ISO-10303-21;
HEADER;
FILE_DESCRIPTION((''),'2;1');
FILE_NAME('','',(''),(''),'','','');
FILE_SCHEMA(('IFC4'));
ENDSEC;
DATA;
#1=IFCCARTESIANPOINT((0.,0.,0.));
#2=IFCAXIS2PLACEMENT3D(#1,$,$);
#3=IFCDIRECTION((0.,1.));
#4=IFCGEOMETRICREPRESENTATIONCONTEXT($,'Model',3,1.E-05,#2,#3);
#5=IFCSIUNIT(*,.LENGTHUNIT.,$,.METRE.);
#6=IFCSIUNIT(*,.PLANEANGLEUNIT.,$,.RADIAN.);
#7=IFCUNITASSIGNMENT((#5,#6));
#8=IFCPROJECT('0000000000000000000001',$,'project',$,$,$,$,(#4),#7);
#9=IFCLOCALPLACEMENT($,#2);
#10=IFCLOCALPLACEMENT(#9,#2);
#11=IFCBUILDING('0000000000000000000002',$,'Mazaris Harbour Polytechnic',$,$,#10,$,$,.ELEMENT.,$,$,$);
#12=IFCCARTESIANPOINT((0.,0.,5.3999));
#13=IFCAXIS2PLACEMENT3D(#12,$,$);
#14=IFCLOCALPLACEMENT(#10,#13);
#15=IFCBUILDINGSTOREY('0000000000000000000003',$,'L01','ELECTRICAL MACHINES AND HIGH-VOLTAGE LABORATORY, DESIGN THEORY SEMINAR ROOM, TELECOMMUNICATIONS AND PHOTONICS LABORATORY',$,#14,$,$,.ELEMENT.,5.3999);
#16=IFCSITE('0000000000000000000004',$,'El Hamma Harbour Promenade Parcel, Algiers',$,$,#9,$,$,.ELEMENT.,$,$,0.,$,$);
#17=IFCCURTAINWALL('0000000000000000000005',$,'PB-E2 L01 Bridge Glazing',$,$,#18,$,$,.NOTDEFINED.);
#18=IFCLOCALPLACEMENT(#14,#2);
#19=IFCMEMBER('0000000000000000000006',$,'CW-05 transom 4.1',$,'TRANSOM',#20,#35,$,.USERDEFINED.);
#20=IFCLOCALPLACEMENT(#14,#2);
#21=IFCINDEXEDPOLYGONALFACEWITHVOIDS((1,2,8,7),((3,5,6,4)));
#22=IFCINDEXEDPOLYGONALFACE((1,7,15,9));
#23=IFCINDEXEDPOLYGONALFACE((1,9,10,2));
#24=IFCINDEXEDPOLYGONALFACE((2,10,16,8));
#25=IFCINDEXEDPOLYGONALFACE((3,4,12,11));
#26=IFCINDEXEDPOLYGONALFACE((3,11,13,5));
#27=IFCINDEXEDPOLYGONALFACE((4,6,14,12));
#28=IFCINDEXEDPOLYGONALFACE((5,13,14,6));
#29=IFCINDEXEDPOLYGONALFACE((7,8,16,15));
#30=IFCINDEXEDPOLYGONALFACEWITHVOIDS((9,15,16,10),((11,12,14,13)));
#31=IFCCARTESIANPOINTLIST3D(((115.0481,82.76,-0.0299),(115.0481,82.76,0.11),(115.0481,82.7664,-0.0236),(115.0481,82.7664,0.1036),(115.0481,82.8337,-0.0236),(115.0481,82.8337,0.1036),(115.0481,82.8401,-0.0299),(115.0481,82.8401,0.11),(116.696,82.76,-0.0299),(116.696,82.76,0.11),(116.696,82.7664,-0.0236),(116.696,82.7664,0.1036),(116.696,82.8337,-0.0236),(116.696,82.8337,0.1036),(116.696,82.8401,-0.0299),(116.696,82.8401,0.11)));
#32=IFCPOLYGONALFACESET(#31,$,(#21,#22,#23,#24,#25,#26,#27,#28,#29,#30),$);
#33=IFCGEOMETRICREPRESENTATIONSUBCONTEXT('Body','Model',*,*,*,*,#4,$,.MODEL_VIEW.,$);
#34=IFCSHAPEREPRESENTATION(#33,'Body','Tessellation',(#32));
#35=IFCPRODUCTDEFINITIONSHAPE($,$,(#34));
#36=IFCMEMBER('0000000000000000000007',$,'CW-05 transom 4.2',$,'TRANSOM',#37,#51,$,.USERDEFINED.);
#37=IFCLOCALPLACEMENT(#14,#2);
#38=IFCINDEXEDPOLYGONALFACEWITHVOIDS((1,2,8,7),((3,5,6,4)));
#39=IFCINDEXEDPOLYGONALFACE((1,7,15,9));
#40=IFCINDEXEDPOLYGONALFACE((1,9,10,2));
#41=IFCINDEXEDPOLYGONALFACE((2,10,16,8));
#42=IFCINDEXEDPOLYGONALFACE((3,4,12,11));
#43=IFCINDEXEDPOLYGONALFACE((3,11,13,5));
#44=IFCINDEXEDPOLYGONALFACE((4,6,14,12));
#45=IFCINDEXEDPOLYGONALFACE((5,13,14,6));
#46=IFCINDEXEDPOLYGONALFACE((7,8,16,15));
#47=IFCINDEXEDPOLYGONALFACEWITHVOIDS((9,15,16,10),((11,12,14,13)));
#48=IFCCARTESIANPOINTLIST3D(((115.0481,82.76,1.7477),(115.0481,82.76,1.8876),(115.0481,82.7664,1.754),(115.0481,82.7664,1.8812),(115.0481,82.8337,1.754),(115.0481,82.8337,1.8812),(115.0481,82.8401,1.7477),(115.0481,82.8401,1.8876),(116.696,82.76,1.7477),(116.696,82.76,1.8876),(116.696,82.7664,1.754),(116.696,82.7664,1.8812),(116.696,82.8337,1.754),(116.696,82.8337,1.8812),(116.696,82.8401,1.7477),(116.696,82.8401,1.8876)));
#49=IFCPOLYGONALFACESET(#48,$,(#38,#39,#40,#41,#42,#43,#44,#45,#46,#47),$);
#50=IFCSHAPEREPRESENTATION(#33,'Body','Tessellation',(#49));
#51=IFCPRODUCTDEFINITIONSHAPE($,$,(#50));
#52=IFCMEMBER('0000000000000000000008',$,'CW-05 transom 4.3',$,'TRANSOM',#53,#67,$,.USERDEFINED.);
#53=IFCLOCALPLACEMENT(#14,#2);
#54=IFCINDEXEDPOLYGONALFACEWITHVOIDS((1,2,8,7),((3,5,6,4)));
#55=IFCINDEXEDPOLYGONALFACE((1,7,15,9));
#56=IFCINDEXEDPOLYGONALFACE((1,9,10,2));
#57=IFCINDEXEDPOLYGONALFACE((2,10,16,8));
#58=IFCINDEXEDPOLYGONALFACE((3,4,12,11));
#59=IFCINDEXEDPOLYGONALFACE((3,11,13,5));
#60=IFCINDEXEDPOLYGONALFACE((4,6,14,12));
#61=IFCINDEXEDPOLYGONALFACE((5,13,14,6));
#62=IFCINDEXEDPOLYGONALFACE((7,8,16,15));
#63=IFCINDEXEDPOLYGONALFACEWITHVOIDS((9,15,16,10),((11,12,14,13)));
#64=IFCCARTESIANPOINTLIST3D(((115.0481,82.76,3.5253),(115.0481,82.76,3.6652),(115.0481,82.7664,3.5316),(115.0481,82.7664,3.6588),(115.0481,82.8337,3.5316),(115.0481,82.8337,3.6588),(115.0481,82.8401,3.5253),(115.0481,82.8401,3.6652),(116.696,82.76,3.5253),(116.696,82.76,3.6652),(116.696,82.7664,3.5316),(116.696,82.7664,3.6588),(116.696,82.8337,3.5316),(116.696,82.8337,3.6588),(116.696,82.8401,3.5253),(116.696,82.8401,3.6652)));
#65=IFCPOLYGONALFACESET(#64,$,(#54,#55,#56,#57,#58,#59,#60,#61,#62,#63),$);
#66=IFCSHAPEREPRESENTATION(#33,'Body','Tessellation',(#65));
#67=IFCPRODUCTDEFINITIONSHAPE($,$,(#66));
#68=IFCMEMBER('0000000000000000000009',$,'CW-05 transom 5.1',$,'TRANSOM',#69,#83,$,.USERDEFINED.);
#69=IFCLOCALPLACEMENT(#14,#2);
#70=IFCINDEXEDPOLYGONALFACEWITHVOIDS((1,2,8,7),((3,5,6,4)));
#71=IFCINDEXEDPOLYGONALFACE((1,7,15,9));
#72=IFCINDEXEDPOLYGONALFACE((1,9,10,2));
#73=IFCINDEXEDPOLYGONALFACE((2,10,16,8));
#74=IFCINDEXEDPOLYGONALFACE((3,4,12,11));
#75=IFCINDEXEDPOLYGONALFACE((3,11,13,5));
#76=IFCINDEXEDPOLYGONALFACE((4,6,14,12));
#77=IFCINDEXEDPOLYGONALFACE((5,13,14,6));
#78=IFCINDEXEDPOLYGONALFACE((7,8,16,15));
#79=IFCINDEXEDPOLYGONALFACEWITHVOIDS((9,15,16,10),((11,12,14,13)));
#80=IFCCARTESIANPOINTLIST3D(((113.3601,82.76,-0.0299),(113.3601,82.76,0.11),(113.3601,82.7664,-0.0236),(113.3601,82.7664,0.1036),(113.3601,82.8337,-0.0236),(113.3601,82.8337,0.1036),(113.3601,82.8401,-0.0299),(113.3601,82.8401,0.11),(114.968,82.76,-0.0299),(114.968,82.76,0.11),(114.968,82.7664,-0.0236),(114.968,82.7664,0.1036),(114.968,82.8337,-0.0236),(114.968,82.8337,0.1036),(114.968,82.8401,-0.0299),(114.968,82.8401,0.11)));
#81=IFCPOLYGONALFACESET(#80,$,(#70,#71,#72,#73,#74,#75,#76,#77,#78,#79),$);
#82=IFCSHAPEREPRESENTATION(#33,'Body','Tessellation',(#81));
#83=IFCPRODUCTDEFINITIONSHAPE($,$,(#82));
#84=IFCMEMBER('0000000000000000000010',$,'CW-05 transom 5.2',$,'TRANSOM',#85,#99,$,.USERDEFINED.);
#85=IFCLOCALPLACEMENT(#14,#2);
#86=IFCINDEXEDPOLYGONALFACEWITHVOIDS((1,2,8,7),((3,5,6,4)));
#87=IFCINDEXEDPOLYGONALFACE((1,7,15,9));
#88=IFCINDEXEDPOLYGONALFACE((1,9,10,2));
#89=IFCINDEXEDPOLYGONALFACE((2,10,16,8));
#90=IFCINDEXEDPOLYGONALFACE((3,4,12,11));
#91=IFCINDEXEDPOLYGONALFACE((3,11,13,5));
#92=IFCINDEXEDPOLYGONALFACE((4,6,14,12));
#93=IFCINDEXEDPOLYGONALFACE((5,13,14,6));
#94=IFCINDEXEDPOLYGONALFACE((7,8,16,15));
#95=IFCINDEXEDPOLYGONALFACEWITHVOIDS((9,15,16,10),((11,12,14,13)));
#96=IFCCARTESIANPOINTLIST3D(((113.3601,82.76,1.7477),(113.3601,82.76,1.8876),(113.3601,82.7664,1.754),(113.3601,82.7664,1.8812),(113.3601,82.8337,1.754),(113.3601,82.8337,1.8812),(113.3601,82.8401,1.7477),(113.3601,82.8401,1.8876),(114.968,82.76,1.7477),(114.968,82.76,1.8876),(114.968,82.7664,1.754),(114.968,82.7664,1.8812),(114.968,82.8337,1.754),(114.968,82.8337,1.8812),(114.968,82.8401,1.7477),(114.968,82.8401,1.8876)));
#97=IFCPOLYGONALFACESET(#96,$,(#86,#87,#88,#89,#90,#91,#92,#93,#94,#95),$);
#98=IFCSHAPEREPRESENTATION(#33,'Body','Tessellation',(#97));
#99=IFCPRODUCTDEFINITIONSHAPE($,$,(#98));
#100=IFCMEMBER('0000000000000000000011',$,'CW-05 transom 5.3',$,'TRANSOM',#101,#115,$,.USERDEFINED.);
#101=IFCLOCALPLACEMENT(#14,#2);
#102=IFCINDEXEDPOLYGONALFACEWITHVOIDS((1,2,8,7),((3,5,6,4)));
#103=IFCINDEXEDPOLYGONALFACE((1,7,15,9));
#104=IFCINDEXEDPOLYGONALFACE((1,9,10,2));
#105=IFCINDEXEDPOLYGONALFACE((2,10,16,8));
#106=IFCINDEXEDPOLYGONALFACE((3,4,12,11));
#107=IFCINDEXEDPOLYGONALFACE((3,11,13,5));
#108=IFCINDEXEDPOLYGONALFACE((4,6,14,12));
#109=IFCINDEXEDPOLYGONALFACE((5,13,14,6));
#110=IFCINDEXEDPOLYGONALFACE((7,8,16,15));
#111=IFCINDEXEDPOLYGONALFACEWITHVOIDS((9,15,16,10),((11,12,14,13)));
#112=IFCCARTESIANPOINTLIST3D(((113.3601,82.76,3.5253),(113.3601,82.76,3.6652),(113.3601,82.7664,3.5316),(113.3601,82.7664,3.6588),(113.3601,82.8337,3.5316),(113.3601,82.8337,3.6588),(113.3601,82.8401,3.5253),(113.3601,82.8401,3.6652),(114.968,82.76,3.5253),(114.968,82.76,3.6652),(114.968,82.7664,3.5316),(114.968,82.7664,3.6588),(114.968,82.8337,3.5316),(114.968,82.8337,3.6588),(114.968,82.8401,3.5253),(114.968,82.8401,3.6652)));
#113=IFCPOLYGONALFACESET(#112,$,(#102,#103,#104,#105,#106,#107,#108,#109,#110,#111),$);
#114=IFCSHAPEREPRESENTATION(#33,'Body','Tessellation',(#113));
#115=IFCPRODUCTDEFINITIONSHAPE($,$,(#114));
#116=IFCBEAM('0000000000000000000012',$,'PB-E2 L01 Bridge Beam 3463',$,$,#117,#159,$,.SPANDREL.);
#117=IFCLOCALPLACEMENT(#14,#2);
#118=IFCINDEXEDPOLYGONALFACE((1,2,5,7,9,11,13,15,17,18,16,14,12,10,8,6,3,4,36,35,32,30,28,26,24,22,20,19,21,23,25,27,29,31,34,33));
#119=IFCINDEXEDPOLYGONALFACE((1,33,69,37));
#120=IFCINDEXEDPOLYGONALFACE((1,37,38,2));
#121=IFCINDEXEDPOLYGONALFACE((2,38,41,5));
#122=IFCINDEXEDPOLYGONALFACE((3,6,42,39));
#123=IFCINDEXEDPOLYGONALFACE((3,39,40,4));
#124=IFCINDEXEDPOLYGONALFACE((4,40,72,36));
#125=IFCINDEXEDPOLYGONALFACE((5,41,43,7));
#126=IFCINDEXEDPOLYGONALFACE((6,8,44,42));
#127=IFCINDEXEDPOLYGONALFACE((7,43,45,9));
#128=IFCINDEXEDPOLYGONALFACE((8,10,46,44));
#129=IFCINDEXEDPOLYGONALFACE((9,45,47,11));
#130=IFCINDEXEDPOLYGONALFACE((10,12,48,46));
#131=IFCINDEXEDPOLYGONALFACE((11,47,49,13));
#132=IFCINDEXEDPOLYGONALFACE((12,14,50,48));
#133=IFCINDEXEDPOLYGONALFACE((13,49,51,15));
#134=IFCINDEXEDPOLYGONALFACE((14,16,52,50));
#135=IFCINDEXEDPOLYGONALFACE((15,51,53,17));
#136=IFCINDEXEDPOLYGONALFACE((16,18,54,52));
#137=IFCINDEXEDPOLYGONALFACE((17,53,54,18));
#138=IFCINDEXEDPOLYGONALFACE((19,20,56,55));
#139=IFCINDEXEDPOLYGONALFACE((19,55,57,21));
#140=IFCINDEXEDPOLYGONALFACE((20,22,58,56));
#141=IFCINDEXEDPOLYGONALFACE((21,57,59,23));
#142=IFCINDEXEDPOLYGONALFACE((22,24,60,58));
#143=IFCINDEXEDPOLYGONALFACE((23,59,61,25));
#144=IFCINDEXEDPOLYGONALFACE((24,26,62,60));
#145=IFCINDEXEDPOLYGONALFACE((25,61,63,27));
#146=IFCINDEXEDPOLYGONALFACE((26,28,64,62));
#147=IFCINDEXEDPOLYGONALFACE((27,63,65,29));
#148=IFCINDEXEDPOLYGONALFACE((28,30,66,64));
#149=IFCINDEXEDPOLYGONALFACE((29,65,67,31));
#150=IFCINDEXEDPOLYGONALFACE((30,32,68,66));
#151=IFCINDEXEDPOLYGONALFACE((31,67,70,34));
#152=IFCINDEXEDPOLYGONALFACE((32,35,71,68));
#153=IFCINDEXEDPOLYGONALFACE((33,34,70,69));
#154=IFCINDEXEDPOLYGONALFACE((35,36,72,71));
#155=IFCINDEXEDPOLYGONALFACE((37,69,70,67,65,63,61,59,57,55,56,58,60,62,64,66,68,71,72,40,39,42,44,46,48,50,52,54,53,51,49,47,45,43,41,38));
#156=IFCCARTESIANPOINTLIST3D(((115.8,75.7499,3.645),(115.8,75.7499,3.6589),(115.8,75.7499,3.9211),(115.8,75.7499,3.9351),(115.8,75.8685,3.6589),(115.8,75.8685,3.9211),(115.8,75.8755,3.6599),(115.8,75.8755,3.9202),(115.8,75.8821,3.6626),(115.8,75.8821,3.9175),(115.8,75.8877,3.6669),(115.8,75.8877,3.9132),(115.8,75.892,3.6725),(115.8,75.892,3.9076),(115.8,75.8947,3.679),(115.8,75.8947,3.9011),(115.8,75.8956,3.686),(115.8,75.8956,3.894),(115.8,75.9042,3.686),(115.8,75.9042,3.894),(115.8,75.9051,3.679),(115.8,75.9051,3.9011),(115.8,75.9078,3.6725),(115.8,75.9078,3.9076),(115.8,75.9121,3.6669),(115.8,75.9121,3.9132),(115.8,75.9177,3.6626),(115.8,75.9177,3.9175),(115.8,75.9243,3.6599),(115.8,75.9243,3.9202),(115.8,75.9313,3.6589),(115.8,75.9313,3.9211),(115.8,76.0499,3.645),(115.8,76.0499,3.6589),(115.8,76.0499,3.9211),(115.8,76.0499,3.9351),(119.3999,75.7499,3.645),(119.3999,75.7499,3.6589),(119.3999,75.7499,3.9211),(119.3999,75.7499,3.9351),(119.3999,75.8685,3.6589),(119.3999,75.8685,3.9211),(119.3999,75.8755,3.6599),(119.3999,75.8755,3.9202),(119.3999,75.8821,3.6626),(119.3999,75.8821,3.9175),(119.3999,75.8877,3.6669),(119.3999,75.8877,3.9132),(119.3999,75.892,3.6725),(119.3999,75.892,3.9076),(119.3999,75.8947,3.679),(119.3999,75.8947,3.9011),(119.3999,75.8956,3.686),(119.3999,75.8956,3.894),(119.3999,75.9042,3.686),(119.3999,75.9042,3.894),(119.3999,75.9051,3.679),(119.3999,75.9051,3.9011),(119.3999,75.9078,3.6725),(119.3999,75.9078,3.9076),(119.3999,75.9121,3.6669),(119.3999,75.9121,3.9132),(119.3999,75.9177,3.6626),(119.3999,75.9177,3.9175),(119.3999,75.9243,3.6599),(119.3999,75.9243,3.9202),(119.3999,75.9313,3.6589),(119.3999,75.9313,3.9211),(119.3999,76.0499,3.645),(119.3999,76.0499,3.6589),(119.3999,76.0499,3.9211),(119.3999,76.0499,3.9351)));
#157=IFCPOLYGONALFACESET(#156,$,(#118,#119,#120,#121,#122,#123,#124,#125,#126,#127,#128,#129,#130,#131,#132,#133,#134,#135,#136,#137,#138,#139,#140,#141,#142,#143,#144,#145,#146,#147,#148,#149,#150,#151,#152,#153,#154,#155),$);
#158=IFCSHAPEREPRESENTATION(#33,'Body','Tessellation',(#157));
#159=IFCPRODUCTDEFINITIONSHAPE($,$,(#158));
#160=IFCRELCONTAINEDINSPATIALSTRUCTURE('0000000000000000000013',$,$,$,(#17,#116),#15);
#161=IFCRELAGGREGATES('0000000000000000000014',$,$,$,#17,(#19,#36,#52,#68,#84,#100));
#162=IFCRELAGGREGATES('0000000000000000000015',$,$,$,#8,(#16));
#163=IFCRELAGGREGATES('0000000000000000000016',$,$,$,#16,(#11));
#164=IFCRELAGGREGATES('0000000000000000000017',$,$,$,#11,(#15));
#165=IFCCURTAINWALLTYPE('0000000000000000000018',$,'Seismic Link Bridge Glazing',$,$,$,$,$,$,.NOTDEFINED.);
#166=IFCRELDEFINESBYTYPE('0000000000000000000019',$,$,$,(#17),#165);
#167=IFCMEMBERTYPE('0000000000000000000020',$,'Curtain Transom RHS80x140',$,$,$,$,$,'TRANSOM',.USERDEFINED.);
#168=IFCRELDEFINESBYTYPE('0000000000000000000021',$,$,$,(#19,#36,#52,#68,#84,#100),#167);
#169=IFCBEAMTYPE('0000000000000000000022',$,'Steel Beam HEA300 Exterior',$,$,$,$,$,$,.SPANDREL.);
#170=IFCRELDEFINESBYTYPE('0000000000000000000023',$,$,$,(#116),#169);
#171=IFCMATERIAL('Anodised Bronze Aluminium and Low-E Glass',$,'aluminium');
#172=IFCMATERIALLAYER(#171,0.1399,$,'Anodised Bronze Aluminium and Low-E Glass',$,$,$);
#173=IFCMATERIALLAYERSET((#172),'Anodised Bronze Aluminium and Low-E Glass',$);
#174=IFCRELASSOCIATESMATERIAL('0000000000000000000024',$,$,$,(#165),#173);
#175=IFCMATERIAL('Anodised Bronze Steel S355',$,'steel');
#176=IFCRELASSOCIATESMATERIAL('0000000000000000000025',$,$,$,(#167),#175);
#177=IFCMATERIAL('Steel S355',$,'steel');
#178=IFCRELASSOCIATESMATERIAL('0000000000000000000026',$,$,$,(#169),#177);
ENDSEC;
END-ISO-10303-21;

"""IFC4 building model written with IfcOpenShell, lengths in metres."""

from ifc_helpers import new_model, si_unit, direction, frame, origin, origin_2d, place, context, subcontext, project, spatial, hollow_rectangle, i_section, extrude, material, layer, layer_set, material_profile, profile_set, type_object, element, aggregate, save


model = new_model("IFC4")

# Units and contexts
model_context = context("Model", 3, precision=1e-05, world=origin(), true_north=direction((0.0, 1.0)))
body_context = subcontext(model_context, "Body", "Model", "MODEL_VIEW")
ifc_project = project(units=[si_unit("LENGTHUNIT", "METRE"), si_unit("PLANEANGLEUNIT", "RADIAN")], contexts=[model_context])

# Site, building, storey
site_placement = place(None, origin())
site = spatial("IfcSite", under=ifc_project, at=site_placement, Name="El Hamma Harbour Promenade Parcel, Algiers", CompositionType="ELEMENT", RefElevation=0.0)
building_placement = place(site_placement, origin())
building = spatial("IfcBuilding", under=site, at=building_placement, Name="Mazaris Harbour Polytechnic", CompositionType="ELEMENT")
storey_placement = place(building_placement, frame((0.0, 0.0, 5.3999)))
storey = spatial("IfcBuildingStorey", under=building, at=storey_placement, Name="L01", Description="ELECTRICAL MACHINES AND HIGH-VOLTAGE LABORATORY, DESIGN THEORY SEMINAR ROOM, TELECOMMUNICATIONS AND PHOTONICS LABORATORY", CompositionType="ELEMENT", Elevation=5.3999)

# Curtain wall, members
ifc_material_1 = material(Name="Anodised Bronze Aluminium and Low-E Glass", Category="aluminium")
ifc_layer_1 = layer(ifc_material_1, 0.1399, Name="Anodised Bronze Aluminium and Low-E Glass")
ifc_layer_set_1 = layer_set([ifc_layer_1], Name="Anodised Bronze Aluminium and Low-E Glass")
curtain_wall_type = type_object("IfcCurtainWallType", Name="Seismic Link Bridge Glazing", PredefinedType="NOTDEFINED", material=ifc_layer_set_1)
curtain_wall_placement = place(storey_placement, origin())
curtain_wall = element("IfcCurtainWall", 1, at=curtain_wall_placement, inside=storey, type_object=curtain_wall_type, Name="PB-E2 L01 Bridge Glazing", PredefinedType="NOTDEFINED")
ifc_material_2 = material(Name="Anodised Bronze Steel S355", Category="steel")
ifc_material_profile_1 = material_profile(ifc_material_2, hollow_rectangle(XDim=0.0801, YDim=0.1399, WallThickness=0.0063, at=origin_2d()), Name="RHS 80x140x6.3")
ifc_profile_set_1 = profile_set([ifc_material_profile_1], Name="Anodised Bronze Steel S355")
member_type_1 = type_object("IfcMemberType", Name="Curtain Transom RHS80x140", ElementType="TRANSOM", PredefinedType="USERDEFINED", material=ifc_profile_set_1)
member_1_placement = place(storey_placement, frame((116.696, 82.8, 0.04), z_axis=(-1.0, 0.0, 0.0), x_axis=(0.0, -1.0, 0.0)))
member_1 = element("IfcMember", 2, at=member_1_placement, type_object=member_type_1, Name="CW-05 transom 4.1", ObjectType="TRANSOM", PredefinedType="USERDEFINED", context=body_context, shape_type="SweptSolid", body=[
    extrude(hollow_rectangle(XDim=0.0801, YDim=0.1399, WallThickness=0.0063, at=origin_2d()), origin(), (0.0, 0.0, 1.0), 1.6479),
])
member_2_placement = place(storey_placement, frame((116.696, 82.8, 1.8176), z_axis=(-1.0, 0.0, 0.0), x_axis=(0.0, -1.0, 0.0)))
member_2 = element("IfcMember", 3, at=member_2_placement, type_object=member_type_1, Name="CW-05 transom 4.2", ObjectType="TRANSOM", PredefinedType="USERDEFINED", context=body_context, shape_type="SweptSolid", body=[
    extrude(hollow_rectangle(XDim=0.0801, YDim=0.1399, WallThickness=0.0063, at=origin_2d()), origin(), (0.0, 0.0, 1.0), 1.6479),
])
member_3_placement = place(storey_placement, frame((116.696, 82.8, 3.5952), z_axis=(-1.0, 0.0, 0.0), x_axis=(0.0, -1.0, 0.0)))
member_3 = element("IfcMember", 4, at=member_3_placement, type_object=member_type_1, Name="CW-05 transom 4.3", ObjectType="TRANSOM", PredefinedType="USERDEFINED", context=body_context, shape_type="SweptSolid", body=[
    extrude(hollow_rectangle(XDim=0.0801, YDim=0.1399, WallThickness=0.0063, at=origin_2d()), origin(), (0.0, 0.0, 1.0), 1.6479),
])
member_4_placement = place(storey_placement, frame((114.968, 82.8, 0.04), z_axis=(-1.0, 0.0, 0.0), x_axis=(0.0, -1.0, 0.0)))
member_4 = element("IfcMember", 5, at=member_4_placement, type_object=member_type_1, Name="CW-05 transom 5.1", ObjectType="TRANSOM", PredefinedType="USERDEFINED", context=body_context, shape_type="SweptSolid", body=[
    extrude(hollow_rectangle(XDim=0.0801, YDim=0.1399, WallThickness=0.0063, at=origin_2d()), origin(), (0.0, 0.0, 1.0), 1.6079),
])
member_5_placement = place(storey_placement, frame((114.968, 82.8, 1.8176), z_axis=(-1.0, 0.0, 0.0), x_axis=(0.0, -1.0, 0.0)))
member_5 = element("IfcMember", 6, at=member_5_placement, type_object=member_type_1, Name="CW-05 transom 5.2", ObjectType="TRANSOM", PredefinedType="USERDEFINED", context=body_context, shape_type="SweptSolid", body=[
    extrude(hollow_rectangle(XDim=0.0801, YDim=0.1399, WallThickness=0.0063, at=origin_2d()), origin(), (0.0, 0.0, 1.0), 1.6079),
])
member_6_placement = place(storey_placement, frame((114.968, 82.8, 3.5952), z_axis=(-1.0, 0.0, 0.0), x_axis=(0.0, -1.0, 0.0)))
member_6 = element("IfcMember", 7, at=member_6_placement, type_object=member_type_1, Name="CW-05 transom 5.3", ObjectType="TRANSOM", PredefinedType="USERDEFINED", context=body_context, shape_type="SweptSolid", body=[
    extrude(hollow_rectangle(XDim=0.0801, YDim=0.1399, WallThickness=0.0063, at=origin_2d()), origin(), (0.0, 0.0, 1.0), 1.6079),
])

# Beam
ifc_material_3 = material(Name="Steel S355", Category="steel")
ifc_material_profile_2 = material_profile(ifc_material_3, i_section(OverallWidth=0.3, OverallDepth=0.29, WebThickness=0.0085, FlangeThickness=0.0139, FilletRadius=0.0271, at=origin_2d()), Name="HEA 300")
ifc_profile_set_2 = profile_set([ifc_material_profile_2], Name="Steel S355")
beam_type = type_object("IfcBeamType", Name="Steel Beam HEA300 Exterior", PredefinedType="SPANDREL", material=ifc_profile_set_2)
beam_1_placement = place(storey_placement, frame((115.8, 75.8999, 3.79), z_axis=(1.0, 0.0, 0.0), x_axis=(0.0, 1.0, 0.0)))
element("IfcBeam", 8, at=beam_1_placement, inside=storey, type_object=beam_type, Name="PB-E2 L01 Bridge Beam 3463", PredefinedType="SPANDREL", context=body_context, shape_type="SweptSolid", body=[
    extrude(i_section(OverallWidth=0.3, OverallDepth=0.29, WebThickness=0.0085, FlangeThickness=0.0139, FilletRadius=0.0271, at=origin_2d()), origin(), (0.0, 0.0, 1.0), 3.5999),
])

aggregate(curtain_wall, [member_1, member_2, member_3, member_4, member_5, member_6])

save(model, "model.ifc")
